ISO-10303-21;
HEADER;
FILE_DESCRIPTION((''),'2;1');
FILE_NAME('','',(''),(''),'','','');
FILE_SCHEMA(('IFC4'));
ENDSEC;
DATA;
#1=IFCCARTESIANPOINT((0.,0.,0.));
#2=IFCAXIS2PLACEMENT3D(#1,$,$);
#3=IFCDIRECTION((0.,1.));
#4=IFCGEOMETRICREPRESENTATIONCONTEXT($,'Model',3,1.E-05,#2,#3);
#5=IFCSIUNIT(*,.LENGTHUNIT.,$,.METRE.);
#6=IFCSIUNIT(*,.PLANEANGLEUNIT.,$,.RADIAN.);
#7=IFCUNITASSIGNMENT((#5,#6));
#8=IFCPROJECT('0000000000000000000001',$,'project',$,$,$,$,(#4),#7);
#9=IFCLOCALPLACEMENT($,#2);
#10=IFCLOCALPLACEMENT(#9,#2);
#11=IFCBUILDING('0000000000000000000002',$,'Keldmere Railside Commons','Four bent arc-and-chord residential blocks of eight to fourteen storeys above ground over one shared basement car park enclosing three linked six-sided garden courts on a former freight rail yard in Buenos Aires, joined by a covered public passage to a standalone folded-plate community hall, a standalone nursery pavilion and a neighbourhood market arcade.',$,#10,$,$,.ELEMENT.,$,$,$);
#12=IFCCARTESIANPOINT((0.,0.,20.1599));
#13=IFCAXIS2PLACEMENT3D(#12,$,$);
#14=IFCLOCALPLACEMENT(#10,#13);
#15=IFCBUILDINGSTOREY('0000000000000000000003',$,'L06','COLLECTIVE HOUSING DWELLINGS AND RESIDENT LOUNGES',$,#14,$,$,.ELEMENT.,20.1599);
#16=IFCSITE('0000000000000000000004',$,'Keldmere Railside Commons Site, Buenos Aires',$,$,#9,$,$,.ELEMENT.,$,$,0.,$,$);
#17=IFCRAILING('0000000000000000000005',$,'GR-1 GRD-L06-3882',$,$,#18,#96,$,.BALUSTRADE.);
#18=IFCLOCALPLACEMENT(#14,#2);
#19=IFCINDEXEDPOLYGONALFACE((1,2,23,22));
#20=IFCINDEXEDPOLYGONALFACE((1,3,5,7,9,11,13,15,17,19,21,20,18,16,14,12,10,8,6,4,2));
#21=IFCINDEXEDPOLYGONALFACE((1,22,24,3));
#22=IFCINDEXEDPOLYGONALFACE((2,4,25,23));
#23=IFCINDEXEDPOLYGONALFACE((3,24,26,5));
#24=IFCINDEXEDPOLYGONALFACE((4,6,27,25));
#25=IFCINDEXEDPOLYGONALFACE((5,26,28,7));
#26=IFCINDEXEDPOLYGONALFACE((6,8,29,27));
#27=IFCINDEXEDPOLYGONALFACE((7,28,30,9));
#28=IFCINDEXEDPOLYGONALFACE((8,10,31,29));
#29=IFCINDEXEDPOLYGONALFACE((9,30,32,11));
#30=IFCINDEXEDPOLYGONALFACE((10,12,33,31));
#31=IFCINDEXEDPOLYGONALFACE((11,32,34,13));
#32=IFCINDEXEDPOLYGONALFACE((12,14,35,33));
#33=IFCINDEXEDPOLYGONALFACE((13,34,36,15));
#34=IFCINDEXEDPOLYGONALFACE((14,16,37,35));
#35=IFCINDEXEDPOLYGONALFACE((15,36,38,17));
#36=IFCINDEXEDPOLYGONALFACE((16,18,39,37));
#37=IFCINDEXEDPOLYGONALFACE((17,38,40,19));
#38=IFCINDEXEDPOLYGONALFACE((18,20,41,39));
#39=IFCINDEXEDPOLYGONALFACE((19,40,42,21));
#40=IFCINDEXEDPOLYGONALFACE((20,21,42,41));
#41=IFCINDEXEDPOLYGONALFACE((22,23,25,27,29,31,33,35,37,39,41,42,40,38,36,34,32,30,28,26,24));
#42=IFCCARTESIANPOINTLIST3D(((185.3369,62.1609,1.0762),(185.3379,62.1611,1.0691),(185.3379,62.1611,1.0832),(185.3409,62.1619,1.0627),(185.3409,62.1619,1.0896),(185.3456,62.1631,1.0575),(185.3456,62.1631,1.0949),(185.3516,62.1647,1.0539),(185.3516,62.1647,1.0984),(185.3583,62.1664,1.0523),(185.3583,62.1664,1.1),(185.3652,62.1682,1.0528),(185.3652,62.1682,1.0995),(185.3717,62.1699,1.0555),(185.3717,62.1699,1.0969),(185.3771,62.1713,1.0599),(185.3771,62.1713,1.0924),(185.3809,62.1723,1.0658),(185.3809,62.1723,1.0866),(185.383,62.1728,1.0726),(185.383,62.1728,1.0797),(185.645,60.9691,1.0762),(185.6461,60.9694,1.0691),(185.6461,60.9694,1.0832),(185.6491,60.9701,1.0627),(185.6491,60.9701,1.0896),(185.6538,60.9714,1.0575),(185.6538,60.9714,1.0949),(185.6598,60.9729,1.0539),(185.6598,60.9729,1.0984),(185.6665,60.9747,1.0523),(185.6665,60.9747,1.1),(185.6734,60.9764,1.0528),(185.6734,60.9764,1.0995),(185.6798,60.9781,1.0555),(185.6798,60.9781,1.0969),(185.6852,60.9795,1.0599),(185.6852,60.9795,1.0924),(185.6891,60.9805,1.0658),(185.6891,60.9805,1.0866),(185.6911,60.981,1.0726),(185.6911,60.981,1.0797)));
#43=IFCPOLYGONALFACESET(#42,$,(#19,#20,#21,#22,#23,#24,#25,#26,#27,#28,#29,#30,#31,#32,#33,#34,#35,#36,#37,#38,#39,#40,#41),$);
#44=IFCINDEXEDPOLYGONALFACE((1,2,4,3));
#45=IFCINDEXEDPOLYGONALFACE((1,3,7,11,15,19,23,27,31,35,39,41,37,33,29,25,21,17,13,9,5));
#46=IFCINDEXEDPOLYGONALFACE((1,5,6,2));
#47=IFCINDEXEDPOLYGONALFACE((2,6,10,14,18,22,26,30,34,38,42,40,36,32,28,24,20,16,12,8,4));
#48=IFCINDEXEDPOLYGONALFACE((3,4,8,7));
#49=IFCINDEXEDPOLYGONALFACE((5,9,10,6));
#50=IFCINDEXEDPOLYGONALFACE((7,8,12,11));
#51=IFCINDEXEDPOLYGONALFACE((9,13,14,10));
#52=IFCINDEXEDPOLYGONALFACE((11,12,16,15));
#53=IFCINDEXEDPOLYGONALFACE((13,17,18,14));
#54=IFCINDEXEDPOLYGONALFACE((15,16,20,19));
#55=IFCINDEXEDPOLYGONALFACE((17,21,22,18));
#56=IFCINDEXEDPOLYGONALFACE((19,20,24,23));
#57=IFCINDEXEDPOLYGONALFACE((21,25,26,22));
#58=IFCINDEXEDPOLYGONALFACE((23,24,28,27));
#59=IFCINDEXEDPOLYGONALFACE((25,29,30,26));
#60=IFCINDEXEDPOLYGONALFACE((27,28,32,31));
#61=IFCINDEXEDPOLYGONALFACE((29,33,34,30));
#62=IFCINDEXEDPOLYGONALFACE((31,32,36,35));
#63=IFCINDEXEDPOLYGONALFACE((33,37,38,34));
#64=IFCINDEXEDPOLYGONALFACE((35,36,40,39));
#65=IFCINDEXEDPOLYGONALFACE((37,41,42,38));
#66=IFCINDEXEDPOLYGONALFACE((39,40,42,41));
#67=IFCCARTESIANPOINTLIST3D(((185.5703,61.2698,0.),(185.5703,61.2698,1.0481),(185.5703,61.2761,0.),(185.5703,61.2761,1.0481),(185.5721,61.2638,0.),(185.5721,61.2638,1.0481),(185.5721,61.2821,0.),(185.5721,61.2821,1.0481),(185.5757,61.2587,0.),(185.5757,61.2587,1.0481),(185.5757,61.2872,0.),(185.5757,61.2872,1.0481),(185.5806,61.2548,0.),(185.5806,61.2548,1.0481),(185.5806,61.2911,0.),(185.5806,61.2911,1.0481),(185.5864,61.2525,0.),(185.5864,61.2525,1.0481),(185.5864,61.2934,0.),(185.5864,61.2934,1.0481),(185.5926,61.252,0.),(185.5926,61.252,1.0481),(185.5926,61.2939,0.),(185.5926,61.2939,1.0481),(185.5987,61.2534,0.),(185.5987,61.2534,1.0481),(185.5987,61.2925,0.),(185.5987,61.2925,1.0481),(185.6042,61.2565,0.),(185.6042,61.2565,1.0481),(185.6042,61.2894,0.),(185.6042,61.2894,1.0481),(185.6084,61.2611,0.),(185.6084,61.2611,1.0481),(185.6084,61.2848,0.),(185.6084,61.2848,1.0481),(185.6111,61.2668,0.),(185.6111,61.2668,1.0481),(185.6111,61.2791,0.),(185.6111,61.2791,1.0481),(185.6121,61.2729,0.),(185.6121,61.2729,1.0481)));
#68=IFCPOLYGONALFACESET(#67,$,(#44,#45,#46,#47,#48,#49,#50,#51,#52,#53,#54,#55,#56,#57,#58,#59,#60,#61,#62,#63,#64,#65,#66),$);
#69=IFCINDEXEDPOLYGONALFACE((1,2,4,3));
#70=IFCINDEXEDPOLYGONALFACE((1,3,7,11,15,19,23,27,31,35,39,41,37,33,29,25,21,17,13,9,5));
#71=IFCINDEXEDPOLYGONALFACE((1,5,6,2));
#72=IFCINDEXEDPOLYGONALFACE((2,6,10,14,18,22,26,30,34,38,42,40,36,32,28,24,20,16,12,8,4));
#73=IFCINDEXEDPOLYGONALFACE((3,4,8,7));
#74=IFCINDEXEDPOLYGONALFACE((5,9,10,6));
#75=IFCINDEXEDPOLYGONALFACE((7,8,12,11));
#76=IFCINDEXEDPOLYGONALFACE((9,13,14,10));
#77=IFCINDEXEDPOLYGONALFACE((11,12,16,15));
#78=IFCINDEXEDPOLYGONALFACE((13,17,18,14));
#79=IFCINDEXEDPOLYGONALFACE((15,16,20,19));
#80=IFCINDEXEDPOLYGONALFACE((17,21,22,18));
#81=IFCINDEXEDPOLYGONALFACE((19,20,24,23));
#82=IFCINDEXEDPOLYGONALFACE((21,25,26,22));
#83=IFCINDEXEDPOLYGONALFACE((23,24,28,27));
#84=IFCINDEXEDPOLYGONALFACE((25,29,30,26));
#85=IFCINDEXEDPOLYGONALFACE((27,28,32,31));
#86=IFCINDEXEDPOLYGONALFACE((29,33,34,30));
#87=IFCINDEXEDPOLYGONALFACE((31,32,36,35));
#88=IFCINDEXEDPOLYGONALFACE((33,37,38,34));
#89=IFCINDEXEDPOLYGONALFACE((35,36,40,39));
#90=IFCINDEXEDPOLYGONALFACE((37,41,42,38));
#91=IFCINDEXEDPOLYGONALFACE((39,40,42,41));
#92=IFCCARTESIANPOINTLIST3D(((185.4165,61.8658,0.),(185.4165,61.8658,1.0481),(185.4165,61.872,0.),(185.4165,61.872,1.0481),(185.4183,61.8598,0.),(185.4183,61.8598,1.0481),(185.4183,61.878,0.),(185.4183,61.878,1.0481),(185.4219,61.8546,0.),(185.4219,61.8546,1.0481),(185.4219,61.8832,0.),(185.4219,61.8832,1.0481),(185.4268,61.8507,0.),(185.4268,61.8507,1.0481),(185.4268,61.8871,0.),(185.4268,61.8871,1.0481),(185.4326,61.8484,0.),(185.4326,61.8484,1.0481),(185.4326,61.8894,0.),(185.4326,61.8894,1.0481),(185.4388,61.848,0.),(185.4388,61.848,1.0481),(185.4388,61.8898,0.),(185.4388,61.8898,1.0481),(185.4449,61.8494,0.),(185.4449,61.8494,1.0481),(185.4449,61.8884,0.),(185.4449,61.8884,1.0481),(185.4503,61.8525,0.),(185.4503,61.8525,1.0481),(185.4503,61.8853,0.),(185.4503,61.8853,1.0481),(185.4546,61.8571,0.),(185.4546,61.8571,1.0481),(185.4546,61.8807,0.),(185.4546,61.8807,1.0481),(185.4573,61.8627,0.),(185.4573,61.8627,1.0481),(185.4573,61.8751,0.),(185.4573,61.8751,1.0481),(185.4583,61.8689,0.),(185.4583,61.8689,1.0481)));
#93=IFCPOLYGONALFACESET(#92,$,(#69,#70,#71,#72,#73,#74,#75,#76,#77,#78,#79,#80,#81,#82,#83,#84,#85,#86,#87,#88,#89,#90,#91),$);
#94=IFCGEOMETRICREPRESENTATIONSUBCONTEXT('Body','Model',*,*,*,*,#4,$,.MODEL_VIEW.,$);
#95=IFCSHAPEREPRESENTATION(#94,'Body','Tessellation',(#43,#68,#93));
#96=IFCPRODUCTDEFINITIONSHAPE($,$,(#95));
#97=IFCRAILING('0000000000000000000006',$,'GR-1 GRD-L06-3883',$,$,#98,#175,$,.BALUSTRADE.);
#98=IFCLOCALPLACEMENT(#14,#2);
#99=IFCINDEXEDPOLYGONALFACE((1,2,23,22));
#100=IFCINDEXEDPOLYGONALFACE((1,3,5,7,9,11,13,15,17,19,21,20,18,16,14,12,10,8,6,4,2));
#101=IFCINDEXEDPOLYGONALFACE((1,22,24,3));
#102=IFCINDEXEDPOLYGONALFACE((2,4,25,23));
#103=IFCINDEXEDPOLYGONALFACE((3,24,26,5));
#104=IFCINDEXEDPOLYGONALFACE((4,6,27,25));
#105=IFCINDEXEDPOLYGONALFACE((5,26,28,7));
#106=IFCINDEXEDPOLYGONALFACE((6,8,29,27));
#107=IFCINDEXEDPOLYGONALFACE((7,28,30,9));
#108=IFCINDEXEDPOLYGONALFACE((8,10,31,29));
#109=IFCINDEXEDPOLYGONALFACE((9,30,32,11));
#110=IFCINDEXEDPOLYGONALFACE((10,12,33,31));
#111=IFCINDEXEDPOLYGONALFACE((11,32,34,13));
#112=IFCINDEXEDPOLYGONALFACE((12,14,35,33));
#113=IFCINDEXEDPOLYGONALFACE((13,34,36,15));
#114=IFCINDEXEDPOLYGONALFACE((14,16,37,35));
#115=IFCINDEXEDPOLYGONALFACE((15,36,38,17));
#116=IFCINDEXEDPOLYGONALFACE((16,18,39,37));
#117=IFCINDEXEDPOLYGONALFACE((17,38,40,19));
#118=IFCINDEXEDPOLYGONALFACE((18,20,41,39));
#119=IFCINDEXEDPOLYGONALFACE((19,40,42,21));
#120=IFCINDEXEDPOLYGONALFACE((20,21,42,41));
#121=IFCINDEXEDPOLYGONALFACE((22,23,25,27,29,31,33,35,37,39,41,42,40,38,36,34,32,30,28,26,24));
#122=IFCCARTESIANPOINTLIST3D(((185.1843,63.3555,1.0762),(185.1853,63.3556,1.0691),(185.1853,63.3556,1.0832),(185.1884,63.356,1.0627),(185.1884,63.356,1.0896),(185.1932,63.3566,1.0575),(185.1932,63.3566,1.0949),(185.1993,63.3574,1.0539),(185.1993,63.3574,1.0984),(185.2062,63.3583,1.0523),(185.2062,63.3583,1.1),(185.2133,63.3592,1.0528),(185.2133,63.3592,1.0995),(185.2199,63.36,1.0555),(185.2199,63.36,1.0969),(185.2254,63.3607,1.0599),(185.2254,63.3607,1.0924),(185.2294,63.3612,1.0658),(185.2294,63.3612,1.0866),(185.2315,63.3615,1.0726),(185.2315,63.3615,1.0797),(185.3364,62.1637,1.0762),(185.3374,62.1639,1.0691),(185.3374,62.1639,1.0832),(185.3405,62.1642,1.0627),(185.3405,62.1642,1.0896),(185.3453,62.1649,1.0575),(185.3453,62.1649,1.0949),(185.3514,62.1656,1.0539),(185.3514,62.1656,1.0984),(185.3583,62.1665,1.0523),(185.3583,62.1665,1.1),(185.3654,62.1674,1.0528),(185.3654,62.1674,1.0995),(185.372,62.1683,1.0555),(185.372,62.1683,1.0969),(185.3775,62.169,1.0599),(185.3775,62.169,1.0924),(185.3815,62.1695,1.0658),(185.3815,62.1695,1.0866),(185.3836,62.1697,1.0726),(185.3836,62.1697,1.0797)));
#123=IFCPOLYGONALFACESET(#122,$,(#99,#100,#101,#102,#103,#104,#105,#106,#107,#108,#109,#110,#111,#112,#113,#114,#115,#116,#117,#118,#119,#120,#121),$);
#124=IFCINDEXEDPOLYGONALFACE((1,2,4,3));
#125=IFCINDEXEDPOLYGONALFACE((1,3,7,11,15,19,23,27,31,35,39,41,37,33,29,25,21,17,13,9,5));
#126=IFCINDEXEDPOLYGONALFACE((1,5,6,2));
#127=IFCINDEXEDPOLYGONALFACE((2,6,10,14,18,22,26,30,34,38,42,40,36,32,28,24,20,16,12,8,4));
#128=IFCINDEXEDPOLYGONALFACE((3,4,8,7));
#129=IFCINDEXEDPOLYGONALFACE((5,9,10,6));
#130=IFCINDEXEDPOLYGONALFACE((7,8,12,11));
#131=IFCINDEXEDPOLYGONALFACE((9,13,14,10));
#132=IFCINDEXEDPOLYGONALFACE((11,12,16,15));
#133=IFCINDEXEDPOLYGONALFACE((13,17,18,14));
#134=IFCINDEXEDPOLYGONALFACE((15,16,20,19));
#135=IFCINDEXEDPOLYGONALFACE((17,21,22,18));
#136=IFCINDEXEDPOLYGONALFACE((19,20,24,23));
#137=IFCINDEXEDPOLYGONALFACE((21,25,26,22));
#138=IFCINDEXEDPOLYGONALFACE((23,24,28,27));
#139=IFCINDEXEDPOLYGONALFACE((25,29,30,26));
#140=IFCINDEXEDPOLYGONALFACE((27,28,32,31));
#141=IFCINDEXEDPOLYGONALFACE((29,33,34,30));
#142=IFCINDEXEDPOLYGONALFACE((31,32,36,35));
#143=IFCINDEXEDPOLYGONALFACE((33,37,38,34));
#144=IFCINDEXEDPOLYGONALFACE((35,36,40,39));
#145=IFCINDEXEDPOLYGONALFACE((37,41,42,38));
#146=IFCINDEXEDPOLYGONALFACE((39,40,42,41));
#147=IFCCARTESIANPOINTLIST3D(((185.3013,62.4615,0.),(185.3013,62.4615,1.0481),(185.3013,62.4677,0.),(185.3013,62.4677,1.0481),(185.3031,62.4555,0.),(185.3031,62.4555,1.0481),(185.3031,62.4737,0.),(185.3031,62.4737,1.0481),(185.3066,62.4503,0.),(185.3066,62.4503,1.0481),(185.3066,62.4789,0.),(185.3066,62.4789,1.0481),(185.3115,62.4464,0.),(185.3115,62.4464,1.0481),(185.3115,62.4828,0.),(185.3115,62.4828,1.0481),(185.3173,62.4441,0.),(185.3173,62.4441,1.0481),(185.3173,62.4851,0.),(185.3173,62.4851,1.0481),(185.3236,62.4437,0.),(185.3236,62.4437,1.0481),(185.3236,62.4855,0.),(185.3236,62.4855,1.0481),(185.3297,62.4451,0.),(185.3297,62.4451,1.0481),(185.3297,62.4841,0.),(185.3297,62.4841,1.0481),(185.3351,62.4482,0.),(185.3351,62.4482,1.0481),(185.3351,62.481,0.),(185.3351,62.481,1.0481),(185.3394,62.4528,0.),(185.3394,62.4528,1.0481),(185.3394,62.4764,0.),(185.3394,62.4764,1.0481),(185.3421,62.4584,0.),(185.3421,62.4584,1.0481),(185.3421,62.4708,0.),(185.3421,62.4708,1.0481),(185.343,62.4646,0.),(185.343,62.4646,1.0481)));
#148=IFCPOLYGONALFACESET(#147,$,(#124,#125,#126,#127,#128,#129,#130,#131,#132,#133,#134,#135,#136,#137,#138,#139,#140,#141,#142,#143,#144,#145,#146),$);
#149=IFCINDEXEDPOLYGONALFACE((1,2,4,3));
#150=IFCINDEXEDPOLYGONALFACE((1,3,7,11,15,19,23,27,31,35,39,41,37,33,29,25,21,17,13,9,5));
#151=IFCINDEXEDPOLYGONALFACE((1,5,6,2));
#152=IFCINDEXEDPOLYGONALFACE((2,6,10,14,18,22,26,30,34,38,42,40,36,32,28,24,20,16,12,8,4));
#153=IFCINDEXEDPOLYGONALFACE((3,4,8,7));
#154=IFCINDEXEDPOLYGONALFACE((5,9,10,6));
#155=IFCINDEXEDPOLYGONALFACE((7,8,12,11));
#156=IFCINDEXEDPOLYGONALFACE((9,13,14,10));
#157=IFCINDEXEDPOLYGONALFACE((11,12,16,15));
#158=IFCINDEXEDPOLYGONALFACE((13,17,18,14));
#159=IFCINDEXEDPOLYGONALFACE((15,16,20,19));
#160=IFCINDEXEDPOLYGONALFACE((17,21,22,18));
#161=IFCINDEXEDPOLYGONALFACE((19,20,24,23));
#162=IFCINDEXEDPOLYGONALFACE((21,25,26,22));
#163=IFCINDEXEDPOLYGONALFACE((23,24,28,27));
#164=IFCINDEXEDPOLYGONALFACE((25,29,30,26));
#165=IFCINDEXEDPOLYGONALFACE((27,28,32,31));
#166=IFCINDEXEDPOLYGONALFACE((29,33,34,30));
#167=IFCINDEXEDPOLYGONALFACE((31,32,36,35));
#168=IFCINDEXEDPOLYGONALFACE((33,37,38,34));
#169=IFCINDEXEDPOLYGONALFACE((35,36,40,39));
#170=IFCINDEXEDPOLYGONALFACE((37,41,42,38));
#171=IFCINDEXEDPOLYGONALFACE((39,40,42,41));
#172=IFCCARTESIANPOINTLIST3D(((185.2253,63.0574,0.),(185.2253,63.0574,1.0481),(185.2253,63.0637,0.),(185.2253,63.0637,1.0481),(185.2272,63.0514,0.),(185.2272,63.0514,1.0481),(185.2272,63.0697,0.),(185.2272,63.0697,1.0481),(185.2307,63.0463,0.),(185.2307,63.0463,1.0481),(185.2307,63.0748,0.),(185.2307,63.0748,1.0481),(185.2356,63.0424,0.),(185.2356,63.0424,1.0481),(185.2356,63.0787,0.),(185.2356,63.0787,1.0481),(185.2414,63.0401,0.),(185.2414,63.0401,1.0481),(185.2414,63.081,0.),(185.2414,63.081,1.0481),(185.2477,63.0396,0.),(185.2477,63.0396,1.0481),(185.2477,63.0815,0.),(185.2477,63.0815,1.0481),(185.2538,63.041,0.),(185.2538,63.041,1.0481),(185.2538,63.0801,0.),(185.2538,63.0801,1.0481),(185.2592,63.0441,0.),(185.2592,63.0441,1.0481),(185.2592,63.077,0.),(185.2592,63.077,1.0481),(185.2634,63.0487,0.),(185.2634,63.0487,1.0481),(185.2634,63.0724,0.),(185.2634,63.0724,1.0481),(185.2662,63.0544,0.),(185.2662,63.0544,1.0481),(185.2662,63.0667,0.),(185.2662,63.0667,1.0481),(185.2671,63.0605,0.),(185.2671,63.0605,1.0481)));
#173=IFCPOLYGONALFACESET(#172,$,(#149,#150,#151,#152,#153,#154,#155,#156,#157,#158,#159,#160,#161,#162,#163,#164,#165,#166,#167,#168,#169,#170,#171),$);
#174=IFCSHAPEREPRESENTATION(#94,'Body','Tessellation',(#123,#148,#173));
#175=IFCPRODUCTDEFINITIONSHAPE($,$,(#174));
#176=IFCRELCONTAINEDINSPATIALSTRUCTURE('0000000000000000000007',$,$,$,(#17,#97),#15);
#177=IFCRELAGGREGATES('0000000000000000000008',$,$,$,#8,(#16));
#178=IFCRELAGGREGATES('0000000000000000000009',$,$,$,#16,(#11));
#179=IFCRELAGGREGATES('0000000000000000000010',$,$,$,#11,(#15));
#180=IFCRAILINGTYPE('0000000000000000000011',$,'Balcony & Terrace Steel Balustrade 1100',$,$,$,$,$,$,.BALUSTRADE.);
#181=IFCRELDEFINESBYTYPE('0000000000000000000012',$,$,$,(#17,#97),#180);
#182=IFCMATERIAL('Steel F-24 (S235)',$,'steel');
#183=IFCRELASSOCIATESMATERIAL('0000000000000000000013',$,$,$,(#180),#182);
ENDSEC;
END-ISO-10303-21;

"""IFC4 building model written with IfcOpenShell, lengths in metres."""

from ifc_helpers import new_model, si_unit, direction, frame, origin, origin_2d, place, context, subcontext, project, spatial, circle, extrude, material, type_object, element, save


model = new_model("IFC4")

# Units and contexts
model_context = context("Model", 3, precision=1e-05, world=origin(), true_north=direction((0.0, 1.0)))
body_context = subcontext(model_context, "Body", "Model", "MODEL_VIEW")
ifc_project = project(units=[si_unit("LENGTHUNIT", "METRE"), si_unit("PLANEANGLEUNIT", "RADIAN")], contexts=[model_context])

# Site, building, storey
site_placement = place(None, origin())
site = spatial("IfcSite", under=ifc_project, at=site_placement, Name="Keldmere Railside Commons Site, Buenos Aires", CompositionType="ELEMENT", RefElevation=0.0)
building_placement = place(site_placement, origin())
building = spatial("IfcBuilding", under=site, at=building_placement, Name="Keldmere Railside Commons", Description="Four bent arc-and-chord residential blocks of eight to fourteen storeys above ground over one shared basement car park enclosing three linked six-sided garden courts on a former freight rail yard in Buenos Aires, joined by a covered public passage to a standalone folded-plate community hall, a standalone nursery pavilion and a neighbourhood market arcade.", CompositionType="ELEMENT")
storey_placement = place(building_placement, frame((0.0, 0.0, 20.1599)))
storey = spatial("IfcBuildingStorey", under=building, at=storey_placement, Name="L06", Description="COLLECTIVE HOUSING DWELLINGS AND RESIDENT LOUNGES", CompositionType="ELEMENT", Elevation=20.1599)

# Railings
ifc_material_1 = material(Name="Steel F-24 (S235)", Category="steel")
railing_type = type_object("IfcRailingType", Name="Balcony & Terrace Steel Balustrade 1100", PredefinedType="BALUSTRADE", material=ifc_material_1)
railing_1_placement = place(storey_placement, frame((185.6682, 60.9751, 0.0)))
element("IfcRailing", 1, at=railing_1_placement, inside=storey, type_object=railing_type, Name="GR-1 GRD-L06-3882", PredefinedType="BALUSTRADE", context=body_context, shape_type="SweptSolid", body=[
    extrude(circle(Radius=0.0239, at=origin_2d()), frame((0.0, 0.0, 1.0762), z_axis=(-0.250322, 0.968163, 0.0), x_axis=(-0.968163, -0.250322, 0.0)), (0.0, 0.0, 1.0), 1.231),
    extrude(circle(Radius=0.021, at=origin_2d()), frame((-0.0771, 0.2979, 0.0)), (0.0, 0.0, 1.0), 1.0481),
    extrude(circle(Radius=0.021, at=origin_2d()), frame((-0.231, 0.8938, 0.0)), (0.0, 0.0, 1.0), 1.0481),
])
railing_2_placement = place(storey_placement, frame((185.3601, 62.1667, 0.0)))
element("IfcRailing", 2, at=railing_2_placement, inside=storey, type_object=railing_type, Name="GR-1 GRD-L06-3883", PredefinedType="BALUSTRADE", context=body_context, shape_type="SweptSolid", body=[
    extrude(circle(Radius=0.0239, at=origin_2d()), frame((0.0, 0.0, 1.0762), z_axis=(-0.126611, 0.991952, 0.0), x_axis=(-0.991952, -0.126611, 0.0)), (0.0, 0.0, 1.0), 1.2014),
    extrude(circle(Radius=0.021, at=origin_2d()), frame((-0.0381, 0.2979, 0.0)), (0.0, 0.0, 1.0), 1.0481),
    extrude(circle(Radius=0.021, at=origin_2d()), frame((-0.114, 0.8938, 0.0)), (0.0, 0.0, 1.0), 1.0481),
])

save(model, "model.ifc")
